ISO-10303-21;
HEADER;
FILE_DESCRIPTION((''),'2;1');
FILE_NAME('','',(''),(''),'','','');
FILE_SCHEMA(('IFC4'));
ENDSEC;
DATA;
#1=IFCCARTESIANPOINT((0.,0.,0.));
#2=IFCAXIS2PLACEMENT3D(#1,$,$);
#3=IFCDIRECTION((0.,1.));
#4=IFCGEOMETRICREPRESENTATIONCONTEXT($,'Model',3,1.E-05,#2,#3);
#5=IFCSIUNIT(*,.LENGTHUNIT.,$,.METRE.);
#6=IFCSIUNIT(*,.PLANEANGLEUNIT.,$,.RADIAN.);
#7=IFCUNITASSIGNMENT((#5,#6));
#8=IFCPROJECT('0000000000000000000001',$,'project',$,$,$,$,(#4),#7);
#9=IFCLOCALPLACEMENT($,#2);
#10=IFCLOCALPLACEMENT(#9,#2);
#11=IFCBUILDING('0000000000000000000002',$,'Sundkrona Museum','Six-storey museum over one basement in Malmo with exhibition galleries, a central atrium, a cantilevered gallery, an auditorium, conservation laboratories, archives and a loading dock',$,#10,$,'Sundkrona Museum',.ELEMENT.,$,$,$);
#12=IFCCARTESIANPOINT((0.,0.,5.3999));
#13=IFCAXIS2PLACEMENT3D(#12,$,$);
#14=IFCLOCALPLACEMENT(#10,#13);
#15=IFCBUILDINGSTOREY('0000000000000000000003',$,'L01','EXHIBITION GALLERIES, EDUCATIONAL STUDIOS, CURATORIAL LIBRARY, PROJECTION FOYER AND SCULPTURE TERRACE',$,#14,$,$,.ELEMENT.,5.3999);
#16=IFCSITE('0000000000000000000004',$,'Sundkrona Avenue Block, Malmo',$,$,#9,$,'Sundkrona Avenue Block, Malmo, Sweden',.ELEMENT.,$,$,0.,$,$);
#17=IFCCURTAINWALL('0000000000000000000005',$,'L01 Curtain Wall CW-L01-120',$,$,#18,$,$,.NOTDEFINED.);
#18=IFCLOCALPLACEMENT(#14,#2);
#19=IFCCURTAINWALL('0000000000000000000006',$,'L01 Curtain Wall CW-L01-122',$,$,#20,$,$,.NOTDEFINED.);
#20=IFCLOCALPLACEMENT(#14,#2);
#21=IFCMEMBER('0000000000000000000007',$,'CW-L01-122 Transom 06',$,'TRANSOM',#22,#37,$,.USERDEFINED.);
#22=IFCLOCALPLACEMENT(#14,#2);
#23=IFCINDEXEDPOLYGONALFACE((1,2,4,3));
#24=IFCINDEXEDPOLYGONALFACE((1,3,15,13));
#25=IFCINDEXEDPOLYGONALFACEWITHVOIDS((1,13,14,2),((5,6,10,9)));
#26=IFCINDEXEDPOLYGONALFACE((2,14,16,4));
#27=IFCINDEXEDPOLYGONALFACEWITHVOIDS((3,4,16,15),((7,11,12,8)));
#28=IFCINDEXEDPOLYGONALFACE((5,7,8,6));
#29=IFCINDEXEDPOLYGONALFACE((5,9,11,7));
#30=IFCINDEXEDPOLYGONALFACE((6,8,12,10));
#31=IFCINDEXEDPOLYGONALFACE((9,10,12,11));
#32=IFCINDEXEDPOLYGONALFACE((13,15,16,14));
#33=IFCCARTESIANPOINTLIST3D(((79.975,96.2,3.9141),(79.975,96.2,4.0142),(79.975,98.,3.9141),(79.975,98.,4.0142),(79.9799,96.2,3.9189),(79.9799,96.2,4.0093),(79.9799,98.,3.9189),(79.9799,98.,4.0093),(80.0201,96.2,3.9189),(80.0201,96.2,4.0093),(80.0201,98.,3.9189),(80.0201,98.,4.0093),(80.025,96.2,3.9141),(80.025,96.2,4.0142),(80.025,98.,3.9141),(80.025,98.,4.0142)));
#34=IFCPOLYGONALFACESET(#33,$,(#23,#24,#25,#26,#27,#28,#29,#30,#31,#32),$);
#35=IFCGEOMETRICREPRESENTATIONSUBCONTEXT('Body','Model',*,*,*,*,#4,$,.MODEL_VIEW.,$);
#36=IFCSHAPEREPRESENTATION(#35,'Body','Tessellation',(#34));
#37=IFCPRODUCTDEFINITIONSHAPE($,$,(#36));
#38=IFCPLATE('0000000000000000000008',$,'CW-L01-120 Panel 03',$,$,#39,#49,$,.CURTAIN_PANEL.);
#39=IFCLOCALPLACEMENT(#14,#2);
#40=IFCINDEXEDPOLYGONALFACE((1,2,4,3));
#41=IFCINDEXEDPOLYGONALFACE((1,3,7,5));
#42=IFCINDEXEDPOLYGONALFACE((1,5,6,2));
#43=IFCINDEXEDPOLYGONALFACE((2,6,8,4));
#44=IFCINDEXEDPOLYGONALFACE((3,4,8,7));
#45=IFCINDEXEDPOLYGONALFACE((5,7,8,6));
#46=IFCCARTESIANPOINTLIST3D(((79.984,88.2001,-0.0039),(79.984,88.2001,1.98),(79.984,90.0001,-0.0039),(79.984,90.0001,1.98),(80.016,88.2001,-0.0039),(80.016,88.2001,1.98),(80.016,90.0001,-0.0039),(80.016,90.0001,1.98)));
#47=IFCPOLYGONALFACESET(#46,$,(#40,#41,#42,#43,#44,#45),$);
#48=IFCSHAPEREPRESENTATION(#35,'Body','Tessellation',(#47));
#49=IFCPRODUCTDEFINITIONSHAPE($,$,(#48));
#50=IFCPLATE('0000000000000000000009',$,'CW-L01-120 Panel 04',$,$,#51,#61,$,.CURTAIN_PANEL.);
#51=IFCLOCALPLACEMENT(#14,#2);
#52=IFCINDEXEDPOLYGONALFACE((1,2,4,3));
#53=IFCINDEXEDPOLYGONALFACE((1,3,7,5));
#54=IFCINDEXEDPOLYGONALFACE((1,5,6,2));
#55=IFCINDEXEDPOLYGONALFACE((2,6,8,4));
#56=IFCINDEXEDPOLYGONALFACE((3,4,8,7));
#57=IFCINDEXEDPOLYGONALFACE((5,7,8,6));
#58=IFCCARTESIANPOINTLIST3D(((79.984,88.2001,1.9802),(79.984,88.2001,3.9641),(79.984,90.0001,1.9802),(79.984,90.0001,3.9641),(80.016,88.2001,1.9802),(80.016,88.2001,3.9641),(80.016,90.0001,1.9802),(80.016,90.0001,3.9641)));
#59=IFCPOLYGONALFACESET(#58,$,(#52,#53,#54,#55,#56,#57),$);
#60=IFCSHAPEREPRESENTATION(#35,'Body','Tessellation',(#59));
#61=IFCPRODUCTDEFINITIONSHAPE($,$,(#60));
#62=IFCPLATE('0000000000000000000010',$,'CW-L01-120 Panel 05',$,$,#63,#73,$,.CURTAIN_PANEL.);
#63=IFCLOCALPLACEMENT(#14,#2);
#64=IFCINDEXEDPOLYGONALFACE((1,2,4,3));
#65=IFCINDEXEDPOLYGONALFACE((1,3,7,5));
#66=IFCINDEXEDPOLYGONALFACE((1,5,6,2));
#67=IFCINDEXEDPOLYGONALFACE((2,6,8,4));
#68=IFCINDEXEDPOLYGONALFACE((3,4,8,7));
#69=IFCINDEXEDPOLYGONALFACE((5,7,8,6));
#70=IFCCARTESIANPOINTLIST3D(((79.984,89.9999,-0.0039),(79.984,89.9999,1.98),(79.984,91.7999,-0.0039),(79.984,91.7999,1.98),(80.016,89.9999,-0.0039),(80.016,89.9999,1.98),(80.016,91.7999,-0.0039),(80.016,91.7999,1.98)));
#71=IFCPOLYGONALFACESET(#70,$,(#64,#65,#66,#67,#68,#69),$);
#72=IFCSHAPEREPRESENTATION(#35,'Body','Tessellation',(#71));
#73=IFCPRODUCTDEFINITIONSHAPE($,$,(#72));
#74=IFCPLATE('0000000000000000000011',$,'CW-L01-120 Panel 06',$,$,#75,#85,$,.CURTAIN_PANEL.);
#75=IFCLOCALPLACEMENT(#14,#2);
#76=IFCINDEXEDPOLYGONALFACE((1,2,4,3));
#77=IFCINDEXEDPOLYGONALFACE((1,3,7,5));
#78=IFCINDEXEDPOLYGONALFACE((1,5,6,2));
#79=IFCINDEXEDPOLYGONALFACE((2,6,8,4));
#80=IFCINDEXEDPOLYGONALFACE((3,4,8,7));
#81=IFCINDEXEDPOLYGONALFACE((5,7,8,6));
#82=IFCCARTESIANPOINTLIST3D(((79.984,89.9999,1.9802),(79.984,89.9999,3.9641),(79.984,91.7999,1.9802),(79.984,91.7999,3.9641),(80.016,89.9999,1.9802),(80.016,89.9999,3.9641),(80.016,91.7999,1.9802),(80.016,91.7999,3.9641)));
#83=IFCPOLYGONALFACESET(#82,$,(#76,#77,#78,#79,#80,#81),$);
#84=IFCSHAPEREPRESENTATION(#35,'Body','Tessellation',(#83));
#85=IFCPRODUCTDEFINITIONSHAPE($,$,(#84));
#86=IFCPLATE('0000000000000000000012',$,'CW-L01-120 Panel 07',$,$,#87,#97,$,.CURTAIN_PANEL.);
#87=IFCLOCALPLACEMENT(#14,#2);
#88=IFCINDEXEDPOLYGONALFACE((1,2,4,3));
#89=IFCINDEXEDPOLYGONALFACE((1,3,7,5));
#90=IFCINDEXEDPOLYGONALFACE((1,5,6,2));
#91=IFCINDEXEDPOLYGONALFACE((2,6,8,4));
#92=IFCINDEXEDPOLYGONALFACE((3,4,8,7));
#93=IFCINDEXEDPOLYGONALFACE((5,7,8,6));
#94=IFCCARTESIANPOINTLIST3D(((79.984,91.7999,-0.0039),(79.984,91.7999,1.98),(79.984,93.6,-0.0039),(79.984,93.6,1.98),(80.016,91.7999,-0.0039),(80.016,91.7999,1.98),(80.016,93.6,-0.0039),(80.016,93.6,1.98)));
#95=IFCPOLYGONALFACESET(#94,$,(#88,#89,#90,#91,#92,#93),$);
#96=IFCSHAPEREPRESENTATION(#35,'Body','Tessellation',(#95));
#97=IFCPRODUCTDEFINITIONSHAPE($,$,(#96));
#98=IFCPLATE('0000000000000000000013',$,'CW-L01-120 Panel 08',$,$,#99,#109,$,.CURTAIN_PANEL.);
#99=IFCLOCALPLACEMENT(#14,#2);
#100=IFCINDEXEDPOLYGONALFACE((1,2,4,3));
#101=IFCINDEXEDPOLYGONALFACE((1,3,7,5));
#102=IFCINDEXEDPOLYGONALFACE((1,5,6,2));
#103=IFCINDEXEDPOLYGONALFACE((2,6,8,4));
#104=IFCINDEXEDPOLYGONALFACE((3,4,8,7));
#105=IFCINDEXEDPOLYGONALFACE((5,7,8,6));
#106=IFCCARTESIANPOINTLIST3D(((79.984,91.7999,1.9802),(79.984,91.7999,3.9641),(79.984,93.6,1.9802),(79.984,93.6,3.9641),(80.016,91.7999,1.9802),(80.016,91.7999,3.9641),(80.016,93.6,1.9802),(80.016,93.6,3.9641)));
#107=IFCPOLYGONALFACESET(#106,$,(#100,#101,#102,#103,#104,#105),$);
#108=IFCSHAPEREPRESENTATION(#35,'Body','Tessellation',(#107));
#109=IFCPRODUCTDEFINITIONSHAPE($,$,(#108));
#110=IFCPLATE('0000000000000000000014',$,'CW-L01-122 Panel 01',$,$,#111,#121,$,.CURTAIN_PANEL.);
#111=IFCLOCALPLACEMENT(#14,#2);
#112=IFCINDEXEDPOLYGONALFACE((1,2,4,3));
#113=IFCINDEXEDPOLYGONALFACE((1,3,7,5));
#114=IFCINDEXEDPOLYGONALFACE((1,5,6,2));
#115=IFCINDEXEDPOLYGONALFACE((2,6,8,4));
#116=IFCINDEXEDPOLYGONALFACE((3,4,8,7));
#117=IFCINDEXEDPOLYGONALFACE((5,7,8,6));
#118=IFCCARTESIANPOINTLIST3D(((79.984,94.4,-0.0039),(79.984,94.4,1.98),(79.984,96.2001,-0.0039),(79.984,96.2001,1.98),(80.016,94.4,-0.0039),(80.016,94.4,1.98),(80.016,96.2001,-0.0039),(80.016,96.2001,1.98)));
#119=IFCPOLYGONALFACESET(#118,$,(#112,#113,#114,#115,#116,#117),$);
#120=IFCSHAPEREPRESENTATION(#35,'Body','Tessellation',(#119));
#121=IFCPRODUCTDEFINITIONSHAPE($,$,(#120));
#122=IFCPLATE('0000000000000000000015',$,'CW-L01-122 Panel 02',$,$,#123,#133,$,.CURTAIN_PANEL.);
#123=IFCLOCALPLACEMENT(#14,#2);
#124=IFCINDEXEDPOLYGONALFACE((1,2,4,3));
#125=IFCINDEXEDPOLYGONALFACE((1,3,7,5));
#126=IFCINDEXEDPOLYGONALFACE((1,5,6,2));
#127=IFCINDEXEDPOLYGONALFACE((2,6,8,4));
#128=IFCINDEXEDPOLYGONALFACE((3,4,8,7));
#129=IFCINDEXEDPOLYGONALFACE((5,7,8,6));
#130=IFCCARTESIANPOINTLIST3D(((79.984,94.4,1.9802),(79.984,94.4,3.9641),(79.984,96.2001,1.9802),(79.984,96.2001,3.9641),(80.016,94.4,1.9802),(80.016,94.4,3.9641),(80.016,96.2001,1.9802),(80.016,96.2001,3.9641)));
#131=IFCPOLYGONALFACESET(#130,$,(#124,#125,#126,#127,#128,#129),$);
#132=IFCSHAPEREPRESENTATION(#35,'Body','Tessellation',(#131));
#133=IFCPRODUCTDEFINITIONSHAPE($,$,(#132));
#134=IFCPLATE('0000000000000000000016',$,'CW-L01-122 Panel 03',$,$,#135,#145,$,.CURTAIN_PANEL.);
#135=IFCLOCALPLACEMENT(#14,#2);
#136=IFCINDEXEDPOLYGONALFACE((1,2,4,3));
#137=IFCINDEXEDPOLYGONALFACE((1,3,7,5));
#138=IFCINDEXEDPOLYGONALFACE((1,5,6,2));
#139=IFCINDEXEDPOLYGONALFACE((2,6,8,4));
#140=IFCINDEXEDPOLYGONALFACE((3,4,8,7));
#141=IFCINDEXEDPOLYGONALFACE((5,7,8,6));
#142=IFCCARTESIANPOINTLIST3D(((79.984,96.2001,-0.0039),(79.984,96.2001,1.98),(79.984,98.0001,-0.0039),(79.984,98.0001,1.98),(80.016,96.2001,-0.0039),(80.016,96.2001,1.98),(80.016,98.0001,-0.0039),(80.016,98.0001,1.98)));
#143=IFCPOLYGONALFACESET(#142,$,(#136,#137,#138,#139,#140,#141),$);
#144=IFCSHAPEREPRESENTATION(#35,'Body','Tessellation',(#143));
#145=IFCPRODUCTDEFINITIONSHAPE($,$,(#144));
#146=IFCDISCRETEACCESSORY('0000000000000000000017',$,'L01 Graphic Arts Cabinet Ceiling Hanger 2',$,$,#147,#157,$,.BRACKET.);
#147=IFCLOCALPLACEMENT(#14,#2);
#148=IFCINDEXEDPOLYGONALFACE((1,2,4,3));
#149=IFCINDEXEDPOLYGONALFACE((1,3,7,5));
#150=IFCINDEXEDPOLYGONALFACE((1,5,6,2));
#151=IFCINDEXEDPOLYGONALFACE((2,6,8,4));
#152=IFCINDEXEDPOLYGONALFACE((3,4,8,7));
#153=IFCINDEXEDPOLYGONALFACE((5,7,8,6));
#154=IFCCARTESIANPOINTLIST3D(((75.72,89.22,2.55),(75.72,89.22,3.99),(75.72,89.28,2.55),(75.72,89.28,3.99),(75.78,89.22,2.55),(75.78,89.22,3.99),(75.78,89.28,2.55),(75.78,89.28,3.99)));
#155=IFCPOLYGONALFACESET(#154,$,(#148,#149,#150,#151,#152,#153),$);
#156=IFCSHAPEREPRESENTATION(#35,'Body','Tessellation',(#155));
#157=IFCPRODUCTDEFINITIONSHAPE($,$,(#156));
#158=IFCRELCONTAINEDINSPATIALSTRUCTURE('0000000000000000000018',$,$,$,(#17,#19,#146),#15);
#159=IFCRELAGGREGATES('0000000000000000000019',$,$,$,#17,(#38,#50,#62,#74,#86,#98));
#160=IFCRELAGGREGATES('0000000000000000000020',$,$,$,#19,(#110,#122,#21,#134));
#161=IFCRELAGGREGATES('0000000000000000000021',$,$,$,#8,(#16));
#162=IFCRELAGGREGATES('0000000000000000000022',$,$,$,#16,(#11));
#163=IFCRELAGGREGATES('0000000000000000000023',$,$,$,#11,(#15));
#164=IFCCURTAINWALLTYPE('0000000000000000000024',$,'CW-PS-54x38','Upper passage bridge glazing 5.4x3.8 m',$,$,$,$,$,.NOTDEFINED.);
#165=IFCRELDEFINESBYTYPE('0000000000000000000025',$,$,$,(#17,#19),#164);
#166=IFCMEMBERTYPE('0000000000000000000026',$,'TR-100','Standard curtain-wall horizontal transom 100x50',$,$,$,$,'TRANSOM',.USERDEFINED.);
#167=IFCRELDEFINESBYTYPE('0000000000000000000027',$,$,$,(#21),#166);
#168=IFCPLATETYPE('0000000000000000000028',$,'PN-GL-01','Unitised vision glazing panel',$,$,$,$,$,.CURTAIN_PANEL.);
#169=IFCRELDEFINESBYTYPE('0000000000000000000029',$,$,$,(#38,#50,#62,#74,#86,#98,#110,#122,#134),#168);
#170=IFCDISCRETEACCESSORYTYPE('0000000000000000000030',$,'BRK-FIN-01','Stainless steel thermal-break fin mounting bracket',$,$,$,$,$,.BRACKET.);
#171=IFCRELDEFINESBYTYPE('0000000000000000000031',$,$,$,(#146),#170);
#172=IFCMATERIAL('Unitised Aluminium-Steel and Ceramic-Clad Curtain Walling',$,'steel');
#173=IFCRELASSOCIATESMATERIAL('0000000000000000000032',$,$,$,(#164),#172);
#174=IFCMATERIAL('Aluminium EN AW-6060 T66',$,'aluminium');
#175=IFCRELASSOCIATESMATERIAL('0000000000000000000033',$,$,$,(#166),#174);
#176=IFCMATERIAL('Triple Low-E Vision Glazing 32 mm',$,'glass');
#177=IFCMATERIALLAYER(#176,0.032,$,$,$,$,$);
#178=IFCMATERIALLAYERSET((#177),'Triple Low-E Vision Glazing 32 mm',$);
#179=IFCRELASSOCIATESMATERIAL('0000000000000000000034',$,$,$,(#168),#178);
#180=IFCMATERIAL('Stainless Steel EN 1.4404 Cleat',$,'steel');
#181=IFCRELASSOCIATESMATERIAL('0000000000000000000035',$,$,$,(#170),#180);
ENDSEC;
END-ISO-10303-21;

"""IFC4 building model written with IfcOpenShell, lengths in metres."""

from ifc_helpers import new_model, si_unit, direction, frame, origin, origin_2d, place, context, subcontext, project, spatial, rectangle, hollow_rectangle, extrude, material, layer, layer_set, material_profile, profile_set, type_object, element, aggregate, save


model = new_model("IFC4")

# Units and contexts
model_context = context("Model", 3, precision=1e-05, world=origin(), true_north=direction((0.0, 1.0)))
body_context = subcontext(model_context, "Body", "Model", "MODEL_VIEW")
ifc_project = project(units=[si_unit("LENGTHUNIT", "METRE"), si_unit("PLANEANGLEUNIT", "RADIAN")], contexts=[model_context])

# Site, building, storey
site_placement = place(None, origin())
site = spatial("IfcSite", under=ifc_project, at=site_placement, Name="Sundkrona Avenue Block, Malmo", LongName="Sundkrona Avenue Block, Malmo, Sweden", CompositionType="ELEMENT", RefElevation=0.0)
building_placement = place(site_placement, origin())
building = spatial("IfcBuilding", under=site, at=building_placement, Name="Sundkrona Museum", Description="Six-storey museum over one basement in Malmo with exhibition galleries, a central atrium, a cantilevered gallery, an auditorium, conservation laboratories, archives and a loading dock", LongName="Sundkrona Museum", CompositionType="ELEMENT")
storey_placement = place(building_placement, frame((0.0, 0.0, 5.3999)))
storey = spatial("IfcBuildingStorey", under=building, at=storey_placement, Name="L01", Description="EXHIBITION GALLERIES, EDUCATIONAL STUDIOS, CURATORIAL LIBRARY, PROJECTION FOYER AND SCULPTURE TERRACE", CompositionType="ELEMENT", Elevation=5.3999)

# Curtain walls
ifc_material_1 = material(Name="Unitised Aluminium-Steel and Ceramic-Clad Curtain Walling", Category="steel")
curtain_wall_type = type_object("IfcCurtainWallType", Name="CW-PS-54x38", Description="Upper passage bridge glazing 5.4x3.8 m", PredefinedType="NOTDEFINED", material=ifc_material_1)
curtain_wall_1_placement = place(storey_placement, origin())
curtain_wall_1 = element("IfcCurtainWall", 1, at=curtain_wall_1_placement, inside=storey, type_object=curtain_wall_type, Name="L01 Curtain Wall CW-L01-120", PredefinedType="NOTDEFINED")
ifc_material_2 = material(Name="Aluminium EN AW-6060 T66", Category="aluminium")
curtain_wall_2_placement = place(storey_placement, origin())
curtain_wall_2 = element("IfcCurtainWall", 2, at=curtain_wall_2_placement, inside=storey, type_object=curtain_wall_type, Name="L01 Curtain Wall CW-L01-122", PredefinedType="NOTDEFINED")

# Member
ifc_material_profile_1 = material_profile(ifc_material_2, hollow_rectangle(XDim=0.05, YDim=0.1001, WallThickness=0.0049, at=origin_2d()), Name="RHS 100x50x5.0")
ifc_profile_set_1 = profile_set([ifc_material_profile_1], Name="Aluminium EN AW-6060 T66")
member_type_1 = type_object("IfcMemberType", Name="TR-100", Description="Standard curtain-wall horizontal transom 100x50", ElementType="TRANSOM", PredefinedType="USERDEFINED", material=ifc_profile_set_1)
member_1_placement = place(storey_placement, frame((80.0, 96.2, 3.9641), z_axis=(0.0, 1.0, 0.0), x_axis=(-1.0, 0.0, 0.0)))
member_1 = element("IfcMember", 3, at=member_1_placement, type_object=member_type_1, Name="CW-L01-122 Transom 06", ObjectType="TRANSOM", PredefinedType="USERDEFINED", context=body_context, shape_type="SweptSolid", body=[
    extrude(hollow_rectangle(XDim=0.05, YDim=0.1001, WallThickness=0.0049, at=origin_2d()), origin(), (0.0, 0.0, 1.0), 1.8),
])

# Plates
ifc_material_3 = material(Name="Triple Low-E Vision Glazing 32 mm", Category="glass")
ifc_layer = layer(ifc_material_3, 0.032)
ifc_layer_set = layer_set([ifc_layer], Name="Triple Low-E Vision Glazing 32 mm")
plate_type = type_object("IfcPlateType", Name="PN-GL-01", Description="Unitised vision glazing panel", PredefinedType="CURTAIN_PANEL", material=ifc_layer_set)
plate_1_placement = place(storey_placement, frame((80.0, 89.1001, -0.0039), z_axis=(0.0, 0.0, 1.0), x_axis=(0.0, 1.0, 0.0)))
plate_1 = element("IfcPlate", 4, at=plate_1_placement, type_object=plate_type, Name="CW-L01-120 Panel 03", PredefinedType="CURTAIN_PANEL", context=body_context, shape_type="SweptSolid", body=[
    extrude(rectangle(XDim=1.8, YDim=0.032, at=origin_2d()), origin(), (0.0, 0.0, 1.0), 1.9839),
])
plate_2_placement = place(storey_placement, frame((80.0, 89.1001, 1.9802), z_axis=(0.0, 0.0, 1.0), x_axis=(0.0, 1.0, 0.0)))
plate_2 = element("IfcPlate", 5, at=plate_2_placement, type_object=plate_type, Name="CW-L01-120 Panel 04", PredefinedType="CURTAIN_PANEL", context=body_context, shape_type="SweptSolid", body=[
    extrude(rectangle(XDim=1.8, YDim=0.032, at=origin_2d()), origin(), (0.0, 0.0, 1.0), 1.9839),
])
plate_3_placement = place(storey_placement, frame((80.0, 90.8999, -0.0039), z_axis=(0.0, 0.0, 1.0), x_axis=(0.0, 1.0, 0.0)))
plate_3 = element("IfcPlate", 6, at=plate_3_placement, type_object=plate_type, Name="CW-L01-120 Panel 05", PredefinedType="CURTAIN_PANEL", context=body_context, shape_type="SweptSolid", body=[
    extrude(rectangle(XDim=1.8, YDim=0.032, at=origin_2d()), origin(), (0.0, 0.0, 1.0), 1.9839),
])
plate_4_placement = place(storey_placement, frame((80.0, 90.8999, 1.9802), z_axis=(0.0, 0.0, 1.0), x_axis=(0.0, 1.0, 0.0)))
plate_4 = element("IfcPlate", 7, at=plate_4_placement, type_object=plate_type, Name="CW-L01-120 Panel 06", PredefinedType="CURTAIN_PANEL", context=body_context, shape_type="SweptSolid", body=[
    extrude(rectangle(XDim=1.8, YDim=0.032, at=origin_2d()), origin(), (0.0, 0.0, 1.0), 1.9839),
])
plate_5_placement = place(storey_placement, frame((80.0, 92.7, -0.0039), z_axis=(0.0, 0.0, 1.0), x_axis=(0.0, 1.0, 0.0)))
plate_5 = element("IfcPlate", 8, at=plate_5_placement, type_object=plate_type, Name="CW-L01-120 Panel 07", PredefinedType="CURTAIN_PANEL", context=body_context, shape_type="SweptSolid", body=[
    extrude(rectangle(XDim=1.8, YDim=0.032, at=origin_2d()), origin(), (0.0, 0.0, 1.0), 1.9839),
])
plate_6_placement = place(storey_placement, frame((80.0, 92.7, 1.9802), z_axis=(0.0, 0.0, 1.0), x_axis=(0.0, 1.0, 0.0)))
plate_6 = element("IfcPlate", 9, at=plate_6_placement, type_object=plate_type, Name="CW-L01-120 Panel 08", PredefinedType="CURTAIN_PANEL", context=body_context, shape_type="SweptSolid", body=[
    extrude(rectangle(XDim=1.8, YDim=0.032, at=origin_2d()), origin(), (0.0, 0.0, 1.0), 1.9839),
])
aggregate(curtain_wall_1, [plate_1, plate_2, plate_3, plate_4, plate_5, plate_6])
plate_7_placement = place(storey_placement, frame((80.0, 95.3, -0.0039), z_axis=(0.0, 0.0, 1.0), x_axis=(0.0, 1.0, 0.0)))
plate_7 = element("IfcPlate", 10, at=plate_7_placement, type_object=plate_type, Name="CW-L01-122 Panel 01", PredefinedType="CURTAIN_PANEL", context=body_context, shape_type="SweptSolid", body=[
    extrude(rectangle(XDim=1.8, YDim=0.032, at=origin_2d()), origin(), (0.0, 0.0, 1.0), 1.9839),
])
plate_8_placement = place(storey_placement, frame((80.0, 95.3, 1.9802), z_axis=(0.0, 0.0, 1.0), x_axis=(0.0, 1.0, 0.0)))
plate_8 = element("IfcPlate", 11, at=plate_8_placement, type_object=plate_type, Name="CW-L01-122 Panel 02", PredefinedType="CURTAIN_PANEL", context=body_context, shape_type="SweptSolid", body=[
    extrude(rectangle(XDim=1.8, YDim=0.032, at=origin_2d()), origin(), (0.0, 0.0, 1.0), 1.9839),
])
plate_9_placement = place(storey_placement, frame((80.0, 97.1001, -0.0039), z_axis=(0.0, 0.0, 1.0), x_axis=(0.0, 1.0, 0.0)))
plate_9 = element("IfcPlate", 12, at=plate_9_placement, type_object=plate_type, Name="CW-L01-122 Panel 03", PredefinedType="CURTAIN_PANEL", context=body_context, shape_type="SweptSolid", body=[
    extrude(rectangle(XDim=1.8, YDim=0.032, at=origin_2d()), origin(), (0.0, 0.0, 1.0), 1.9839),
])
aggregate(curtain_wall_2, [plate_7, plate_8, member_1, plate_9])

# Discrete accessory
ifc_material_4 = material(Name="Stainless Steel EN 1.4404 Cleat", Category="steel")
discrete_accessory_type = type_object("IfcDiscreteAccessoryType", Name="BRK-FIN-01", Description="Stainless steel thermal-break fin mounting bracket", PredefinedType="BRACKET", material=ifc_material_4)
discrete_accessory_placement = place(storey_placement, frame((75.75, 89.25, 2.55), z_axis=(0.0, 0.0, 1.0), x_axis=(1.0, 0.0, 0.0)))
element("IfcDiscreteAccessory", 13, at=discrete_accessory_placement, inside=storey, type_object=discrete_accessory_type, Name="L01 Graphic Arts Cabinet Ceiling Hanger 2", PredefinedType="BRACKET", context=body_context, shape_type="SweptSolid", body=[
    extrude(rectangle(XDim=0.0601, YDim=0.0601, at=origin_2d()), origin(), (0.0, 0.0, 1.0), 1.4399),
])

save(model, "model.ifc")
